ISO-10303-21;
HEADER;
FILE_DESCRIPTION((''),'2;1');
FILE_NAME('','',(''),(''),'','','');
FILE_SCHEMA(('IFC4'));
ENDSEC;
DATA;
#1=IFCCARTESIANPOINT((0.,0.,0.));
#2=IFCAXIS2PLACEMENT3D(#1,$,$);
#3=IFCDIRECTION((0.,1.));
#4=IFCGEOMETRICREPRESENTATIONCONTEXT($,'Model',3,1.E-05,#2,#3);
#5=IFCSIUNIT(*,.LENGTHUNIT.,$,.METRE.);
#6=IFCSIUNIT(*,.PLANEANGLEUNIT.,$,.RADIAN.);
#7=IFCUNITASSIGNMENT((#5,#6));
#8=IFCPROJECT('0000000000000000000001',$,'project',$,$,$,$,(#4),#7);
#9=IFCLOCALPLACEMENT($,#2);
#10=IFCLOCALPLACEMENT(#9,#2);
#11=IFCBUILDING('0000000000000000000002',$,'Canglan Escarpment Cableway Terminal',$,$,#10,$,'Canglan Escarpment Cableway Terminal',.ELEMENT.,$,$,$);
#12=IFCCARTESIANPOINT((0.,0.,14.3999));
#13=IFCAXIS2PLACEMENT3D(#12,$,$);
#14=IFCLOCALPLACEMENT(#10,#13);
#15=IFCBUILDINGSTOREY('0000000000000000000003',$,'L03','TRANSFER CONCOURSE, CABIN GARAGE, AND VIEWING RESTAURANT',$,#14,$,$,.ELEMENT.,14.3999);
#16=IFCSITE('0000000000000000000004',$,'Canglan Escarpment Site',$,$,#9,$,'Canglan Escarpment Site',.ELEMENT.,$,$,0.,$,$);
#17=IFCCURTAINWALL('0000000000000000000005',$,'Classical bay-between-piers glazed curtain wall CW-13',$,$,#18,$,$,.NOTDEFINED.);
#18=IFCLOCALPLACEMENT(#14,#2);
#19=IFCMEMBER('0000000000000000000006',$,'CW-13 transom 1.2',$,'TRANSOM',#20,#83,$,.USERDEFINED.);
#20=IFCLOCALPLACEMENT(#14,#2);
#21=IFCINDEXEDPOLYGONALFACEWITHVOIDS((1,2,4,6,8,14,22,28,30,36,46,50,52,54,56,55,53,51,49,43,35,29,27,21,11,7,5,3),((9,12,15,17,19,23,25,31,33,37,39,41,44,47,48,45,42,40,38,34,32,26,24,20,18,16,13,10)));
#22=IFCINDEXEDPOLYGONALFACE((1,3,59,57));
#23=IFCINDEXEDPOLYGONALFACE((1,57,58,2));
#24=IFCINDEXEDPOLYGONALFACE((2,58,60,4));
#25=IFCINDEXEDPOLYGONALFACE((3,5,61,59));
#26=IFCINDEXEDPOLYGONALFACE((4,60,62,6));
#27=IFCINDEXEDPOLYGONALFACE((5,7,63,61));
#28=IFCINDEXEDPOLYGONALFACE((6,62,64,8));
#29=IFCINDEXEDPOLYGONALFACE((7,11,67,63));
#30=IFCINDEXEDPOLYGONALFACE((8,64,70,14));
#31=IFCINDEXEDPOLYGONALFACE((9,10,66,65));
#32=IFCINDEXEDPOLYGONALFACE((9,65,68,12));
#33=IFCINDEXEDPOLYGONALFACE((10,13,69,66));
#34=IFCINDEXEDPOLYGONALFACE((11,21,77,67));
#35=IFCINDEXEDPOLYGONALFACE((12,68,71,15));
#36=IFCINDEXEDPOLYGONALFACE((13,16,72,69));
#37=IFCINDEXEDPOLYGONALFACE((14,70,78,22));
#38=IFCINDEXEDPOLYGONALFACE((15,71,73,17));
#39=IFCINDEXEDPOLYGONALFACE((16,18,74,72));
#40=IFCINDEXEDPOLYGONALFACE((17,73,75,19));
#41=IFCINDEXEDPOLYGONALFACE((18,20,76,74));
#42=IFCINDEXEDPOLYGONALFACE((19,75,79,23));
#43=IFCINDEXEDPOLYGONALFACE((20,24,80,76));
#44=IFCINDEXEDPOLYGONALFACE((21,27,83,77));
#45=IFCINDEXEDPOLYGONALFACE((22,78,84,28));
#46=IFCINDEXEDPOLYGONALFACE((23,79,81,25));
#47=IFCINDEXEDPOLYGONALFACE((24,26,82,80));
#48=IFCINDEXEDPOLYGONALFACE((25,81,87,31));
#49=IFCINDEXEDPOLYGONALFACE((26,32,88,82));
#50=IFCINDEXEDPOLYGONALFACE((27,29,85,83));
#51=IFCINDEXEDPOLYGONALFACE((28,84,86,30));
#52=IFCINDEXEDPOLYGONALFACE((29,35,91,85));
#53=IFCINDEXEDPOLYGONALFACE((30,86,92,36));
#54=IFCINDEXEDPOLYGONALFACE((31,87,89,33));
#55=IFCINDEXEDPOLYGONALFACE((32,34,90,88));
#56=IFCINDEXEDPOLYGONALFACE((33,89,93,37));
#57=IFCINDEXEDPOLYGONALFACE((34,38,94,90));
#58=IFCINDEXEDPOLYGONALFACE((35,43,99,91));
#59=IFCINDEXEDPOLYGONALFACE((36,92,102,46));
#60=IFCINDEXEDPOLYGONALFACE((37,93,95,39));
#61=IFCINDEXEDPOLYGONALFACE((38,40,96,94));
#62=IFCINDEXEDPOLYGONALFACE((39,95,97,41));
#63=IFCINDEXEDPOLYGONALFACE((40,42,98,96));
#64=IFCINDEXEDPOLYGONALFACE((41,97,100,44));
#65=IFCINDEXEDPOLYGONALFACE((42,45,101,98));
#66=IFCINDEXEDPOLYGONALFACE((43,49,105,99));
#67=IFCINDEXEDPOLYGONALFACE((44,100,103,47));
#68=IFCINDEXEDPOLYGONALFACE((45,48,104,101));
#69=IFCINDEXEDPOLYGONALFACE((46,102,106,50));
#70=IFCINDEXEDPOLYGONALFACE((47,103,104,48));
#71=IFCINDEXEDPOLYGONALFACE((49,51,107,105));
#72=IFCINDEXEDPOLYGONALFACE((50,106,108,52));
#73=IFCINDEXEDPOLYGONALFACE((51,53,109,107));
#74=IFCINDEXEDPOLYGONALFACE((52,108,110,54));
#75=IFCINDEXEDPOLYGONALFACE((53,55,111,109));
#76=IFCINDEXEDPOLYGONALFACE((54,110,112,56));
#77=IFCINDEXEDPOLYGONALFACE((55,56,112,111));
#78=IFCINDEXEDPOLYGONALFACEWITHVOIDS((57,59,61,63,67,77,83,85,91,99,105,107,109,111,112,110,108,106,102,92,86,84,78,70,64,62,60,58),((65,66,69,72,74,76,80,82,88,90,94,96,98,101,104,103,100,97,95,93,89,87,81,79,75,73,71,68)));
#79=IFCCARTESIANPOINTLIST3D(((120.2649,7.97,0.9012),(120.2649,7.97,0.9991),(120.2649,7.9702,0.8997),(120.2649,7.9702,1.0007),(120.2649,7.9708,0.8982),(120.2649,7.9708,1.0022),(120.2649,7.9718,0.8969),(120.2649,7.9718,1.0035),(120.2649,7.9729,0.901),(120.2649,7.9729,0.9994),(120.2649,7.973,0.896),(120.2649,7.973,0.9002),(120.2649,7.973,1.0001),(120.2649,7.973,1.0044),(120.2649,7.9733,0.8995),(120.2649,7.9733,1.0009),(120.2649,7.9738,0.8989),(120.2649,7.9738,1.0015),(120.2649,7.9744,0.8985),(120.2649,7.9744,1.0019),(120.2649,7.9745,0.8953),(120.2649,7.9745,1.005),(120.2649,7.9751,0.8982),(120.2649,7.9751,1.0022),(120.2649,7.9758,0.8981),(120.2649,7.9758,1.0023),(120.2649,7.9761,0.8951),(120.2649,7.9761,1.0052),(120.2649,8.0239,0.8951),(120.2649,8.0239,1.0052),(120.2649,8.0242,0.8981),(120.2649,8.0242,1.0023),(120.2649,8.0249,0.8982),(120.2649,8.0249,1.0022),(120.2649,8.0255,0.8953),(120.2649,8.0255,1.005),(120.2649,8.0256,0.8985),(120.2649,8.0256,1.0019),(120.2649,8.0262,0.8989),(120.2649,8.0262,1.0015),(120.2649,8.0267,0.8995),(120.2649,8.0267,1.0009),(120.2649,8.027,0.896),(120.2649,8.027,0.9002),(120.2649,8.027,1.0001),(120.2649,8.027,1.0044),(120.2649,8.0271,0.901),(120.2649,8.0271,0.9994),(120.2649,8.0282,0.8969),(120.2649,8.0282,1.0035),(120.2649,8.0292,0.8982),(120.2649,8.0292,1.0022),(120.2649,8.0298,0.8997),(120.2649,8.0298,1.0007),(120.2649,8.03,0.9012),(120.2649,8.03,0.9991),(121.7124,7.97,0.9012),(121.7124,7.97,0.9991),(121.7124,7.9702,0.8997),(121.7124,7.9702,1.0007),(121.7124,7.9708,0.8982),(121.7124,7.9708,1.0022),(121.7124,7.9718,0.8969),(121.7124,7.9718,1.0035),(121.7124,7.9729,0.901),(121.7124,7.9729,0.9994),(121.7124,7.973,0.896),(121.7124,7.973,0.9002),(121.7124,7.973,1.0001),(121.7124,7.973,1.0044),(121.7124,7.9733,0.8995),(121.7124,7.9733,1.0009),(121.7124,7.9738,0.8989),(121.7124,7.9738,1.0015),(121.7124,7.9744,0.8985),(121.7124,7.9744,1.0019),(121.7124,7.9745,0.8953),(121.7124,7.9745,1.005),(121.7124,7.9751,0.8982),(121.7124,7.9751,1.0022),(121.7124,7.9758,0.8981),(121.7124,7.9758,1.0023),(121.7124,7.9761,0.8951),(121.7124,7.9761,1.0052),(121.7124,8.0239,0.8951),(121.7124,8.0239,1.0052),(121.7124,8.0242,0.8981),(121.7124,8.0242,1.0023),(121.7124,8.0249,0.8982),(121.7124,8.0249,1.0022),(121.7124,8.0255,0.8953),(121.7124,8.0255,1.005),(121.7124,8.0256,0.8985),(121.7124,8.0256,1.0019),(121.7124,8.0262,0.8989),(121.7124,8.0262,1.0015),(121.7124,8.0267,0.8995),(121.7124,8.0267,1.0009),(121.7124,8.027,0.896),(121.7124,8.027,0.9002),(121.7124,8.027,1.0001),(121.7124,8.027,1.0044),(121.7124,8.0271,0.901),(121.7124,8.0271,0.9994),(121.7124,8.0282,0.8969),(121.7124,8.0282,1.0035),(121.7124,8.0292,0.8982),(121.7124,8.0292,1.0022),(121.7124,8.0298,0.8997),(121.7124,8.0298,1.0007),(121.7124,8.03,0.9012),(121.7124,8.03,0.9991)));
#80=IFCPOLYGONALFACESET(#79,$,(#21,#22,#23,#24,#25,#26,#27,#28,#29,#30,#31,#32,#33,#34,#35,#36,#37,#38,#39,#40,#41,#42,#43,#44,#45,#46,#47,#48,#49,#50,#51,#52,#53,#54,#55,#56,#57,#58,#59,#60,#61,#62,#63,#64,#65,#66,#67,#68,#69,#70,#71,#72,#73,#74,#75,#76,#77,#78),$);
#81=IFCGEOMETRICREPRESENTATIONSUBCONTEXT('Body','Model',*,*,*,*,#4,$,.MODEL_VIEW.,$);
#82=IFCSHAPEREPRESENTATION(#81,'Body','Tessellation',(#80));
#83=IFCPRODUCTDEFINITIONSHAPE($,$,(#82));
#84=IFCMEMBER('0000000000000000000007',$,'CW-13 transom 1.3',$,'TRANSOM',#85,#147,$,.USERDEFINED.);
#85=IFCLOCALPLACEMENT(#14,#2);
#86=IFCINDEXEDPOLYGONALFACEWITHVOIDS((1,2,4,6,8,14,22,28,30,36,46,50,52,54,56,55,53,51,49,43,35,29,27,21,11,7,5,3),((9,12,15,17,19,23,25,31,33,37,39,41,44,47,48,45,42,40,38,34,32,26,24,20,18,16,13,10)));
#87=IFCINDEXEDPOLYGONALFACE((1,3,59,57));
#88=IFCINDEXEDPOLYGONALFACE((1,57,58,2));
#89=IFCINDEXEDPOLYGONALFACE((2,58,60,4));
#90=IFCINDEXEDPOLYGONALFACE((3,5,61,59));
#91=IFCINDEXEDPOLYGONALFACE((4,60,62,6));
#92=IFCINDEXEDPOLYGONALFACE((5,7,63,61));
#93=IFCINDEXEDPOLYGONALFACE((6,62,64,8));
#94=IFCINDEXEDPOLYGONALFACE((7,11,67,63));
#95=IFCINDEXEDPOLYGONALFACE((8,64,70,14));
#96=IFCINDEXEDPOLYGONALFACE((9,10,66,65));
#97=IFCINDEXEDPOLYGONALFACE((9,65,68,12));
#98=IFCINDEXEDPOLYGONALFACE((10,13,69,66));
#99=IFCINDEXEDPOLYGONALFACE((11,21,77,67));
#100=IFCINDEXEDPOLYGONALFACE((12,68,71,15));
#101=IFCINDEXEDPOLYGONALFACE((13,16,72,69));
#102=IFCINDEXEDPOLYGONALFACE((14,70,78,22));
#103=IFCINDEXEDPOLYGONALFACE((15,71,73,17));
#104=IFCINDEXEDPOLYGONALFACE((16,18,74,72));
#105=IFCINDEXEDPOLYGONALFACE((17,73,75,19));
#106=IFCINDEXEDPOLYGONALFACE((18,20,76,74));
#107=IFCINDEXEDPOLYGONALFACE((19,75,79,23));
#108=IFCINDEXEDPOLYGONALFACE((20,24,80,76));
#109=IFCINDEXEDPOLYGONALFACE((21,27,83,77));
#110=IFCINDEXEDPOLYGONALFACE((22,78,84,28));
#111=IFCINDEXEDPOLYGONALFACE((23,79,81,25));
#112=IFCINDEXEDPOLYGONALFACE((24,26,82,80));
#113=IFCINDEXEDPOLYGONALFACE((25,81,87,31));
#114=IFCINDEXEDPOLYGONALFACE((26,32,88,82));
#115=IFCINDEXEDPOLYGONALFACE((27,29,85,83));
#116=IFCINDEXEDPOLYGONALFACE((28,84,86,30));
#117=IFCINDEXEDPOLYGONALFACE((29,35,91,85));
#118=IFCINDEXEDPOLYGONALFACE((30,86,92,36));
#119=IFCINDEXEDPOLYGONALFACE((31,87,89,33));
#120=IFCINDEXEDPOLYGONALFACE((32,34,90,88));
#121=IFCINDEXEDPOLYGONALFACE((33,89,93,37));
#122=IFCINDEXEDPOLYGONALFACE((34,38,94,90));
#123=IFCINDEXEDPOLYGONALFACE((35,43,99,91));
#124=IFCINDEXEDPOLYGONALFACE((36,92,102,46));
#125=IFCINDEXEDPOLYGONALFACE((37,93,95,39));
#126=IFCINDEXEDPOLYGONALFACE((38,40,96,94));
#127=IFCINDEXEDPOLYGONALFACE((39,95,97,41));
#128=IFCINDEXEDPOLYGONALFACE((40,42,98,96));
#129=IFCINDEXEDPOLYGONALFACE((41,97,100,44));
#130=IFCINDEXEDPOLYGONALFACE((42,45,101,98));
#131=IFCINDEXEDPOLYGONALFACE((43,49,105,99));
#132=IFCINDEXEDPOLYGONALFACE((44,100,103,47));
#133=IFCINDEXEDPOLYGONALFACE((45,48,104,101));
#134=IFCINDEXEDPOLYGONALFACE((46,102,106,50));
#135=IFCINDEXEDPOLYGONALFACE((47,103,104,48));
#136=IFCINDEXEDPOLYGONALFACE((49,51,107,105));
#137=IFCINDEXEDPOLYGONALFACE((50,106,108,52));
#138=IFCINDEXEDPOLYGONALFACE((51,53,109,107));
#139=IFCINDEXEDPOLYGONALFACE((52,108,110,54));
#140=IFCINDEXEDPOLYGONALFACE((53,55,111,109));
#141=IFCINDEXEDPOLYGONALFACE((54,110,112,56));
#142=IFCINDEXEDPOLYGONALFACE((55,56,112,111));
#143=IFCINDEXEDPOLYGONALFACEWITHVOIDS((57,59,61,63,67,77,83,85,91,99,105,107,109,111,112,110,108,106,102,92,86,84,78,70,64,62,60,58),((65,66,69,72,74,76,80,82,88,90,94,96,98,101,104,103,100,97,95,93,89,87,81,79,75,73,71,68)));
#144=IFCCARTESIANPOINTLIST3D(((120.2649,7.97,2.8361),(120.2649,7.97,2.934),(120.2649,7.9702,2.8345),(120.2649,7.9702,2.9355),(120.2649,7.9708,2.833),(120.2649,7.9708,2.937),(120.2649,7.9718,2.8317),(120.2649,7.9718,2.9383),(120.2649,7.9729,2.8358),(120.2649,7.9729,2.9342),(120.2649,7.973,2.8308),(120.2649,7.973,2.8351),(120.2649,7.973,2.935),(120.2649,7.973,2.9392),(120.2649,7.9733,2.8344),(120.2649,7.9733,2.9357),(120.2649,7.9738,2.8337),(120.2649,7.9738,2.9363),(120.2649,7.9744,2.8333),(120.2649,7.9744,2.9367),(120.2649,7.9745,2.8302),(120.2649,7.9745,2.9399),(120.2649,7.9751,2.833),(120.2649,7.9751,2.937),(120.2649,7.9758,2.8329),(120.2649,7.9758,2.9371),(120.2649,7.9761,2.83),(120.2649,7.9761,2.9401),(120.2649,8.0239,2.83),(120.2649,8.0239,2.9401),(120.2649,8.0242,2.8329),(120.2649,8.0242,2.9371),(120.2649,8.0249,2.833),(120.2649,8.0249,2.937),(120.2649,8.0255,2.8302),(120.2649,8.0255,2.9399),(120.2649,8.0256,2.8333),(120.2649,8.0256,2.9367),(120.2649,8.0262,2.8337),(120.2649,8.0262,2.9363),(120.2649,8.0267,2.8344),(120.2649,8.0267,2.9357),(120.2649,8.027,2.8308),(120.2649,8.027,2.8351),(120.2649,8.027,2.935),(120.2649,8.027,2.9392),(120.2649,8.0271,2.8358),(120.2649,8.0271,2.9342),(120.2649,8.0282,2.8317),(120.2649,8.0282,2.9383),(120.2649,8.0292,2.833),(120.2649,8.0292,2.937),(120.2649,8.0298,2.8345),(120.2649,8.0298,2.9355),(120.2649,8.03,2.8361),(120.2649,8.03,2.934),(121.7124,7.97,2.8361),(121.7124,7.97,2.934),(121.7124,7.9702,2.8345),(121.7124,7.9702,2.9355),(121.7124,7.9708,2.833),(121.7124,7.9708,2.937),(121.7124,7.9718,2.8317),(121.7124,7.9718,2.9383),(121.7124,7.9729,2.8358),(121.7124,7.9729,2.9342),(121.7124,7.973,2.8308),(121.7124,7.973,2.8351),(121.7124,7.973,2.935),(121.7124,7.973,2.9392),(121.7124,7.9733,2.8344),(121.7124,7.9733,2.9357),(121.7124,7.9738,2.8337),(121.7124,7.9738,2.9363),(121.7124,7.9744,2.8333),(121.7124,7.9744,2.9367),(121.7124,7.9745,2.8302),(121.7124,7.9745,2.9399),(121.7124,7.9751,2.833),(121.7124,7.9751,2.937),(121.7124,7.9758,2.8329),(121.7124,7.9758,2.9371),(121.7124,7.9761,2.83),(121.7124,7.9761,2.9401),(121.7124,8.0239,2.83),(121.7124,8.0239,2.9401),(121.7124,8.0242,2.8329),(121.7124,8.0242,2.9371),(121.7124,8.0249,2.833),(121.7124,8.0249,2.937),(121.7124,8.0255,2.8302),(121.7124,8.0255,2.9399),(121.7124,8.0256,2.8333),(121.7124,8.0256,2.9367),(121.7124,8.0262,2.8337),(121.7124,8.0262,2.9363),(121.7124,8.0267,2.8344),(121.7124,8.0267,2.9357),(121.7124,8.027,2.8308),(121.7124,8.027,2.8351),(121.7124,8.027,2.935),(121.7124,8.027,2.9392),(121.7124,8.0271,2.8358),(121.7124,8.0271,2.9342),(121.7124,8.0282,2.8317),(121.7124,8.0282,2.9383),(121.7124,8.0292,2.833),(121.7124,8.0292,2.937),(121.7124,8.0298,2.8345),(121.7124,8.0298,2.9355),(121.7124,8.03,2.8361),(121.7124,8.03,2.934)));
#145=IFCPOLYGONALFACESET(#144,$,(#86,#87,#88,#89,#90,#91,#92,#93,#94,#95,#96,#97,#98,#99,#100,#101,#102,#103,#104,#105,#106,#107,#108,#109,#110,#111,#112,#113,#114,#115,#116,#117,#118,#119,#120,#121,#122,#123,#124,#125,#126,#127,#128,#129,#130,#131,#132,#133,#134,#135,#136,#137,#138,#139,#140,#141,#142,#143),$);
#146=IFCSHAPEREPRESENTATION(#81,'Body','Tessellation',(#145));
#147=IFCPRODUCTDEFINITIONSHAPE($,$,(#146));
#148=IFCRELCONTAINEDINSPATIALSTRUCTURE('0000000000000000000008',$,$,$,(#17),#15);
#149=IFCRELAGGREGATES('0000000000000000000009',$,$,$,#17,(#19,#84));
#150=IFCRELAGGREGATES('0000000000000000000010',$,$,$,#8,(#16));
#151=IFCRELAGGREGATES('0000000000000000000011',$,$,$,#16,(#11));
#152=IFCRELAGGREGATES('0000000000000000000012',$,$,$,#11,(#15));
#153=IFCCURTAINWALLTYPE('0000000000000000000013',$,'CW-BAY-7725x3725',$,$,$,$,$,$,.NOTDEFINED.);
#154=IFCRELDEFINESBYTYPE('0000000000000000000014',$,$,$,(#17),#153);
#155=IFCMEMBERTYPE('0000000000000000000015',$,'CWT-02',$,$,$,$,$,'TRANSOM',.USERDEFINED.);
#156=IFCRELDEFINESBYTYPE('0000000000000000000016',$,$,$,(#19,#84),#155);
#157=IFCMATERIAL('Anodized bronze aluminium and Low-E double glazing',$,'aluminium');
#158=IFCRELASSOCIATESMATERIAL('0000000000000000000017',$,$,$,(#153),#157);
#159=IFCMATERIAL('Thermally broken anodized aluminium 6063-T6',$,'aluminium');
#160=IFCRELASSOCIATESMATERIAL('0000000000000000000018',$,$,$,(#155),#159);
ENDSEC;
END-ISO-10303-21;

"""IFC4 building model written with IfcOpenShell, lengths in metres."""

from ifc_helpers import new_model, si_unit, direction, frame, origin, origin_2d, place, context, subcontext, project, spatial, hollow_rectangle, extrude, material, material_profile, profile_set, type_object, element, aggregate, save


model = new_model("IFC4")

# Units and contexts
model_context = context("Model", 3, precision=1e-05, world=origin(), true_north=direction((0.0, 1.0)))
body_context = subcontext(model_context, "Body", "Model", "MODEL_VIEW")
ifc_project = project(units=[si_unit("LENGTHUNIT", "METRE"), si_unit("PLANEANGLEUNIT", "RADIAN")], contexts=[model_context])

# Site, building, storey
site_placement = place(None, origin())
site = spatial("IfcSite", under=ifc_project, at=site_placement, Name="Canglan Escarpment Site", LongName="Canglan Escarpment Site", CompositionType="ELEMENT", RefElevation=0.0)
building_placement = place(site_placement, origin())
building = spatial("IfcBuilding", under=site, at=building_placement, Name="Canglan Escarpment Cableway Terminal", LongName="Canglan Escarpment Cableway Terminal", CompositionType="ELEMENT")
storey_placement = place(building_placement, frame((0.0, 0.0, 14.3999)))
storey = spatial("IfcBuildingStorey", under=building, at=storey_placement, Name="L03", Description="TRANSFER CONCOURSE, CABIN GARAGE, AND VIEWING RESTAURANT", CompositionType="ELEMENT", Elevation=14.3999)

# Curtain wall, members
ifc_material_1 = material(Name="Anodized bronze aluminium and Low-E double glazing", Category="aluminium")
curtain_wall_type = type_object("IfcCurtainWallType", Name="CW-BAY-7725x3725", PredefinedType="NOTDEFINED", material=ifc_material_1)
curtain_wall_placement = place(storey_placement, origin())
curtain_wall = element("IfcCurtainWall", 1, at=curtain_wall_placement, inside=storey, type_object=curtain_wall_type, Name="Classical bay-between-piers glazed curtain wall CW-13", PredefinedType="NOTDEFINED")
ifc_material_2 = material(Name="Thermally broken anodized aluminium 6063-T6", Category="aluminium")
ifc_material_profile_1 = material_profile(ifc_material_2, hollow_rectangle(XDim=0.0601, YDim=0.1101, WallThickness=0.0029, InnerFilletRadius=0.0029, OuterFilletRadius=0.0061, at=origin_2d()), Name="ALU-TRAN 60x110x3")
ifc_profile_set_1 = profile_set([ifc_material_profile_1], Name="Thermally broken anodized aluminium 6063-T6")
member_type_1 = type_object("IfcMemberType", Name="CWT-02", ElementType="TRANSOM", PredefinedType="USERDEFINED", material=ifc_profile_set_1)
member_1_placement = place(storey_placement, frame((120.2649, 8.0, 0.9502), z_axis=(1.0, 0.0, 0.0), x_axis=(0.0, 1.0, 0.0)))
member_1 = element("IfcMember", 2, at=member_1_placement, type_object=member_type_1, Name="CW-13 transom 1.2", ObjectType="TRANSOM", PredefinedType="USERDEFINED", context=body_context, shape_type="SweptSolid", body=[
    extrude(hollow_rectangle(XDim=0.0601, YDim=0.1101, WallThickness=0.0029, InnerFilletRadius=0.0029, OuterFilletRadius=0.0061, at=origin_2d()), origin(), (0.0, 0.0, 1.0), 1.4475),
])
member_2_placement = place(storey_placement, frame((120.2649, 8.0, 2.885), z_axis=(1.0, 0.0, 0.0), x_axis=(0.0, 1.0, 0.0)))
member_2 = element("IfcMember", 3, at=member_2_placement, type_object=member_type_1, Name="CW-13 transom 1.3", ObjectType="TRANSOM", PredefinedType="USERDEFINED", context=body_context, shape_type="SweptSolid", body=[
    extrude(hollow_rectangle(XDim=0.0601, YDim=0.1101, WallThickness=0.0029, InnerFilletRadius=0.0029, OuterFilletRadius=0.0061, at=origin_2d()), origin(), (0.0, 0.0, 1.0), 1.4475),
])

aggregate(curtain_wall, [member_1, member_2])

save(model, "model.ifc")
